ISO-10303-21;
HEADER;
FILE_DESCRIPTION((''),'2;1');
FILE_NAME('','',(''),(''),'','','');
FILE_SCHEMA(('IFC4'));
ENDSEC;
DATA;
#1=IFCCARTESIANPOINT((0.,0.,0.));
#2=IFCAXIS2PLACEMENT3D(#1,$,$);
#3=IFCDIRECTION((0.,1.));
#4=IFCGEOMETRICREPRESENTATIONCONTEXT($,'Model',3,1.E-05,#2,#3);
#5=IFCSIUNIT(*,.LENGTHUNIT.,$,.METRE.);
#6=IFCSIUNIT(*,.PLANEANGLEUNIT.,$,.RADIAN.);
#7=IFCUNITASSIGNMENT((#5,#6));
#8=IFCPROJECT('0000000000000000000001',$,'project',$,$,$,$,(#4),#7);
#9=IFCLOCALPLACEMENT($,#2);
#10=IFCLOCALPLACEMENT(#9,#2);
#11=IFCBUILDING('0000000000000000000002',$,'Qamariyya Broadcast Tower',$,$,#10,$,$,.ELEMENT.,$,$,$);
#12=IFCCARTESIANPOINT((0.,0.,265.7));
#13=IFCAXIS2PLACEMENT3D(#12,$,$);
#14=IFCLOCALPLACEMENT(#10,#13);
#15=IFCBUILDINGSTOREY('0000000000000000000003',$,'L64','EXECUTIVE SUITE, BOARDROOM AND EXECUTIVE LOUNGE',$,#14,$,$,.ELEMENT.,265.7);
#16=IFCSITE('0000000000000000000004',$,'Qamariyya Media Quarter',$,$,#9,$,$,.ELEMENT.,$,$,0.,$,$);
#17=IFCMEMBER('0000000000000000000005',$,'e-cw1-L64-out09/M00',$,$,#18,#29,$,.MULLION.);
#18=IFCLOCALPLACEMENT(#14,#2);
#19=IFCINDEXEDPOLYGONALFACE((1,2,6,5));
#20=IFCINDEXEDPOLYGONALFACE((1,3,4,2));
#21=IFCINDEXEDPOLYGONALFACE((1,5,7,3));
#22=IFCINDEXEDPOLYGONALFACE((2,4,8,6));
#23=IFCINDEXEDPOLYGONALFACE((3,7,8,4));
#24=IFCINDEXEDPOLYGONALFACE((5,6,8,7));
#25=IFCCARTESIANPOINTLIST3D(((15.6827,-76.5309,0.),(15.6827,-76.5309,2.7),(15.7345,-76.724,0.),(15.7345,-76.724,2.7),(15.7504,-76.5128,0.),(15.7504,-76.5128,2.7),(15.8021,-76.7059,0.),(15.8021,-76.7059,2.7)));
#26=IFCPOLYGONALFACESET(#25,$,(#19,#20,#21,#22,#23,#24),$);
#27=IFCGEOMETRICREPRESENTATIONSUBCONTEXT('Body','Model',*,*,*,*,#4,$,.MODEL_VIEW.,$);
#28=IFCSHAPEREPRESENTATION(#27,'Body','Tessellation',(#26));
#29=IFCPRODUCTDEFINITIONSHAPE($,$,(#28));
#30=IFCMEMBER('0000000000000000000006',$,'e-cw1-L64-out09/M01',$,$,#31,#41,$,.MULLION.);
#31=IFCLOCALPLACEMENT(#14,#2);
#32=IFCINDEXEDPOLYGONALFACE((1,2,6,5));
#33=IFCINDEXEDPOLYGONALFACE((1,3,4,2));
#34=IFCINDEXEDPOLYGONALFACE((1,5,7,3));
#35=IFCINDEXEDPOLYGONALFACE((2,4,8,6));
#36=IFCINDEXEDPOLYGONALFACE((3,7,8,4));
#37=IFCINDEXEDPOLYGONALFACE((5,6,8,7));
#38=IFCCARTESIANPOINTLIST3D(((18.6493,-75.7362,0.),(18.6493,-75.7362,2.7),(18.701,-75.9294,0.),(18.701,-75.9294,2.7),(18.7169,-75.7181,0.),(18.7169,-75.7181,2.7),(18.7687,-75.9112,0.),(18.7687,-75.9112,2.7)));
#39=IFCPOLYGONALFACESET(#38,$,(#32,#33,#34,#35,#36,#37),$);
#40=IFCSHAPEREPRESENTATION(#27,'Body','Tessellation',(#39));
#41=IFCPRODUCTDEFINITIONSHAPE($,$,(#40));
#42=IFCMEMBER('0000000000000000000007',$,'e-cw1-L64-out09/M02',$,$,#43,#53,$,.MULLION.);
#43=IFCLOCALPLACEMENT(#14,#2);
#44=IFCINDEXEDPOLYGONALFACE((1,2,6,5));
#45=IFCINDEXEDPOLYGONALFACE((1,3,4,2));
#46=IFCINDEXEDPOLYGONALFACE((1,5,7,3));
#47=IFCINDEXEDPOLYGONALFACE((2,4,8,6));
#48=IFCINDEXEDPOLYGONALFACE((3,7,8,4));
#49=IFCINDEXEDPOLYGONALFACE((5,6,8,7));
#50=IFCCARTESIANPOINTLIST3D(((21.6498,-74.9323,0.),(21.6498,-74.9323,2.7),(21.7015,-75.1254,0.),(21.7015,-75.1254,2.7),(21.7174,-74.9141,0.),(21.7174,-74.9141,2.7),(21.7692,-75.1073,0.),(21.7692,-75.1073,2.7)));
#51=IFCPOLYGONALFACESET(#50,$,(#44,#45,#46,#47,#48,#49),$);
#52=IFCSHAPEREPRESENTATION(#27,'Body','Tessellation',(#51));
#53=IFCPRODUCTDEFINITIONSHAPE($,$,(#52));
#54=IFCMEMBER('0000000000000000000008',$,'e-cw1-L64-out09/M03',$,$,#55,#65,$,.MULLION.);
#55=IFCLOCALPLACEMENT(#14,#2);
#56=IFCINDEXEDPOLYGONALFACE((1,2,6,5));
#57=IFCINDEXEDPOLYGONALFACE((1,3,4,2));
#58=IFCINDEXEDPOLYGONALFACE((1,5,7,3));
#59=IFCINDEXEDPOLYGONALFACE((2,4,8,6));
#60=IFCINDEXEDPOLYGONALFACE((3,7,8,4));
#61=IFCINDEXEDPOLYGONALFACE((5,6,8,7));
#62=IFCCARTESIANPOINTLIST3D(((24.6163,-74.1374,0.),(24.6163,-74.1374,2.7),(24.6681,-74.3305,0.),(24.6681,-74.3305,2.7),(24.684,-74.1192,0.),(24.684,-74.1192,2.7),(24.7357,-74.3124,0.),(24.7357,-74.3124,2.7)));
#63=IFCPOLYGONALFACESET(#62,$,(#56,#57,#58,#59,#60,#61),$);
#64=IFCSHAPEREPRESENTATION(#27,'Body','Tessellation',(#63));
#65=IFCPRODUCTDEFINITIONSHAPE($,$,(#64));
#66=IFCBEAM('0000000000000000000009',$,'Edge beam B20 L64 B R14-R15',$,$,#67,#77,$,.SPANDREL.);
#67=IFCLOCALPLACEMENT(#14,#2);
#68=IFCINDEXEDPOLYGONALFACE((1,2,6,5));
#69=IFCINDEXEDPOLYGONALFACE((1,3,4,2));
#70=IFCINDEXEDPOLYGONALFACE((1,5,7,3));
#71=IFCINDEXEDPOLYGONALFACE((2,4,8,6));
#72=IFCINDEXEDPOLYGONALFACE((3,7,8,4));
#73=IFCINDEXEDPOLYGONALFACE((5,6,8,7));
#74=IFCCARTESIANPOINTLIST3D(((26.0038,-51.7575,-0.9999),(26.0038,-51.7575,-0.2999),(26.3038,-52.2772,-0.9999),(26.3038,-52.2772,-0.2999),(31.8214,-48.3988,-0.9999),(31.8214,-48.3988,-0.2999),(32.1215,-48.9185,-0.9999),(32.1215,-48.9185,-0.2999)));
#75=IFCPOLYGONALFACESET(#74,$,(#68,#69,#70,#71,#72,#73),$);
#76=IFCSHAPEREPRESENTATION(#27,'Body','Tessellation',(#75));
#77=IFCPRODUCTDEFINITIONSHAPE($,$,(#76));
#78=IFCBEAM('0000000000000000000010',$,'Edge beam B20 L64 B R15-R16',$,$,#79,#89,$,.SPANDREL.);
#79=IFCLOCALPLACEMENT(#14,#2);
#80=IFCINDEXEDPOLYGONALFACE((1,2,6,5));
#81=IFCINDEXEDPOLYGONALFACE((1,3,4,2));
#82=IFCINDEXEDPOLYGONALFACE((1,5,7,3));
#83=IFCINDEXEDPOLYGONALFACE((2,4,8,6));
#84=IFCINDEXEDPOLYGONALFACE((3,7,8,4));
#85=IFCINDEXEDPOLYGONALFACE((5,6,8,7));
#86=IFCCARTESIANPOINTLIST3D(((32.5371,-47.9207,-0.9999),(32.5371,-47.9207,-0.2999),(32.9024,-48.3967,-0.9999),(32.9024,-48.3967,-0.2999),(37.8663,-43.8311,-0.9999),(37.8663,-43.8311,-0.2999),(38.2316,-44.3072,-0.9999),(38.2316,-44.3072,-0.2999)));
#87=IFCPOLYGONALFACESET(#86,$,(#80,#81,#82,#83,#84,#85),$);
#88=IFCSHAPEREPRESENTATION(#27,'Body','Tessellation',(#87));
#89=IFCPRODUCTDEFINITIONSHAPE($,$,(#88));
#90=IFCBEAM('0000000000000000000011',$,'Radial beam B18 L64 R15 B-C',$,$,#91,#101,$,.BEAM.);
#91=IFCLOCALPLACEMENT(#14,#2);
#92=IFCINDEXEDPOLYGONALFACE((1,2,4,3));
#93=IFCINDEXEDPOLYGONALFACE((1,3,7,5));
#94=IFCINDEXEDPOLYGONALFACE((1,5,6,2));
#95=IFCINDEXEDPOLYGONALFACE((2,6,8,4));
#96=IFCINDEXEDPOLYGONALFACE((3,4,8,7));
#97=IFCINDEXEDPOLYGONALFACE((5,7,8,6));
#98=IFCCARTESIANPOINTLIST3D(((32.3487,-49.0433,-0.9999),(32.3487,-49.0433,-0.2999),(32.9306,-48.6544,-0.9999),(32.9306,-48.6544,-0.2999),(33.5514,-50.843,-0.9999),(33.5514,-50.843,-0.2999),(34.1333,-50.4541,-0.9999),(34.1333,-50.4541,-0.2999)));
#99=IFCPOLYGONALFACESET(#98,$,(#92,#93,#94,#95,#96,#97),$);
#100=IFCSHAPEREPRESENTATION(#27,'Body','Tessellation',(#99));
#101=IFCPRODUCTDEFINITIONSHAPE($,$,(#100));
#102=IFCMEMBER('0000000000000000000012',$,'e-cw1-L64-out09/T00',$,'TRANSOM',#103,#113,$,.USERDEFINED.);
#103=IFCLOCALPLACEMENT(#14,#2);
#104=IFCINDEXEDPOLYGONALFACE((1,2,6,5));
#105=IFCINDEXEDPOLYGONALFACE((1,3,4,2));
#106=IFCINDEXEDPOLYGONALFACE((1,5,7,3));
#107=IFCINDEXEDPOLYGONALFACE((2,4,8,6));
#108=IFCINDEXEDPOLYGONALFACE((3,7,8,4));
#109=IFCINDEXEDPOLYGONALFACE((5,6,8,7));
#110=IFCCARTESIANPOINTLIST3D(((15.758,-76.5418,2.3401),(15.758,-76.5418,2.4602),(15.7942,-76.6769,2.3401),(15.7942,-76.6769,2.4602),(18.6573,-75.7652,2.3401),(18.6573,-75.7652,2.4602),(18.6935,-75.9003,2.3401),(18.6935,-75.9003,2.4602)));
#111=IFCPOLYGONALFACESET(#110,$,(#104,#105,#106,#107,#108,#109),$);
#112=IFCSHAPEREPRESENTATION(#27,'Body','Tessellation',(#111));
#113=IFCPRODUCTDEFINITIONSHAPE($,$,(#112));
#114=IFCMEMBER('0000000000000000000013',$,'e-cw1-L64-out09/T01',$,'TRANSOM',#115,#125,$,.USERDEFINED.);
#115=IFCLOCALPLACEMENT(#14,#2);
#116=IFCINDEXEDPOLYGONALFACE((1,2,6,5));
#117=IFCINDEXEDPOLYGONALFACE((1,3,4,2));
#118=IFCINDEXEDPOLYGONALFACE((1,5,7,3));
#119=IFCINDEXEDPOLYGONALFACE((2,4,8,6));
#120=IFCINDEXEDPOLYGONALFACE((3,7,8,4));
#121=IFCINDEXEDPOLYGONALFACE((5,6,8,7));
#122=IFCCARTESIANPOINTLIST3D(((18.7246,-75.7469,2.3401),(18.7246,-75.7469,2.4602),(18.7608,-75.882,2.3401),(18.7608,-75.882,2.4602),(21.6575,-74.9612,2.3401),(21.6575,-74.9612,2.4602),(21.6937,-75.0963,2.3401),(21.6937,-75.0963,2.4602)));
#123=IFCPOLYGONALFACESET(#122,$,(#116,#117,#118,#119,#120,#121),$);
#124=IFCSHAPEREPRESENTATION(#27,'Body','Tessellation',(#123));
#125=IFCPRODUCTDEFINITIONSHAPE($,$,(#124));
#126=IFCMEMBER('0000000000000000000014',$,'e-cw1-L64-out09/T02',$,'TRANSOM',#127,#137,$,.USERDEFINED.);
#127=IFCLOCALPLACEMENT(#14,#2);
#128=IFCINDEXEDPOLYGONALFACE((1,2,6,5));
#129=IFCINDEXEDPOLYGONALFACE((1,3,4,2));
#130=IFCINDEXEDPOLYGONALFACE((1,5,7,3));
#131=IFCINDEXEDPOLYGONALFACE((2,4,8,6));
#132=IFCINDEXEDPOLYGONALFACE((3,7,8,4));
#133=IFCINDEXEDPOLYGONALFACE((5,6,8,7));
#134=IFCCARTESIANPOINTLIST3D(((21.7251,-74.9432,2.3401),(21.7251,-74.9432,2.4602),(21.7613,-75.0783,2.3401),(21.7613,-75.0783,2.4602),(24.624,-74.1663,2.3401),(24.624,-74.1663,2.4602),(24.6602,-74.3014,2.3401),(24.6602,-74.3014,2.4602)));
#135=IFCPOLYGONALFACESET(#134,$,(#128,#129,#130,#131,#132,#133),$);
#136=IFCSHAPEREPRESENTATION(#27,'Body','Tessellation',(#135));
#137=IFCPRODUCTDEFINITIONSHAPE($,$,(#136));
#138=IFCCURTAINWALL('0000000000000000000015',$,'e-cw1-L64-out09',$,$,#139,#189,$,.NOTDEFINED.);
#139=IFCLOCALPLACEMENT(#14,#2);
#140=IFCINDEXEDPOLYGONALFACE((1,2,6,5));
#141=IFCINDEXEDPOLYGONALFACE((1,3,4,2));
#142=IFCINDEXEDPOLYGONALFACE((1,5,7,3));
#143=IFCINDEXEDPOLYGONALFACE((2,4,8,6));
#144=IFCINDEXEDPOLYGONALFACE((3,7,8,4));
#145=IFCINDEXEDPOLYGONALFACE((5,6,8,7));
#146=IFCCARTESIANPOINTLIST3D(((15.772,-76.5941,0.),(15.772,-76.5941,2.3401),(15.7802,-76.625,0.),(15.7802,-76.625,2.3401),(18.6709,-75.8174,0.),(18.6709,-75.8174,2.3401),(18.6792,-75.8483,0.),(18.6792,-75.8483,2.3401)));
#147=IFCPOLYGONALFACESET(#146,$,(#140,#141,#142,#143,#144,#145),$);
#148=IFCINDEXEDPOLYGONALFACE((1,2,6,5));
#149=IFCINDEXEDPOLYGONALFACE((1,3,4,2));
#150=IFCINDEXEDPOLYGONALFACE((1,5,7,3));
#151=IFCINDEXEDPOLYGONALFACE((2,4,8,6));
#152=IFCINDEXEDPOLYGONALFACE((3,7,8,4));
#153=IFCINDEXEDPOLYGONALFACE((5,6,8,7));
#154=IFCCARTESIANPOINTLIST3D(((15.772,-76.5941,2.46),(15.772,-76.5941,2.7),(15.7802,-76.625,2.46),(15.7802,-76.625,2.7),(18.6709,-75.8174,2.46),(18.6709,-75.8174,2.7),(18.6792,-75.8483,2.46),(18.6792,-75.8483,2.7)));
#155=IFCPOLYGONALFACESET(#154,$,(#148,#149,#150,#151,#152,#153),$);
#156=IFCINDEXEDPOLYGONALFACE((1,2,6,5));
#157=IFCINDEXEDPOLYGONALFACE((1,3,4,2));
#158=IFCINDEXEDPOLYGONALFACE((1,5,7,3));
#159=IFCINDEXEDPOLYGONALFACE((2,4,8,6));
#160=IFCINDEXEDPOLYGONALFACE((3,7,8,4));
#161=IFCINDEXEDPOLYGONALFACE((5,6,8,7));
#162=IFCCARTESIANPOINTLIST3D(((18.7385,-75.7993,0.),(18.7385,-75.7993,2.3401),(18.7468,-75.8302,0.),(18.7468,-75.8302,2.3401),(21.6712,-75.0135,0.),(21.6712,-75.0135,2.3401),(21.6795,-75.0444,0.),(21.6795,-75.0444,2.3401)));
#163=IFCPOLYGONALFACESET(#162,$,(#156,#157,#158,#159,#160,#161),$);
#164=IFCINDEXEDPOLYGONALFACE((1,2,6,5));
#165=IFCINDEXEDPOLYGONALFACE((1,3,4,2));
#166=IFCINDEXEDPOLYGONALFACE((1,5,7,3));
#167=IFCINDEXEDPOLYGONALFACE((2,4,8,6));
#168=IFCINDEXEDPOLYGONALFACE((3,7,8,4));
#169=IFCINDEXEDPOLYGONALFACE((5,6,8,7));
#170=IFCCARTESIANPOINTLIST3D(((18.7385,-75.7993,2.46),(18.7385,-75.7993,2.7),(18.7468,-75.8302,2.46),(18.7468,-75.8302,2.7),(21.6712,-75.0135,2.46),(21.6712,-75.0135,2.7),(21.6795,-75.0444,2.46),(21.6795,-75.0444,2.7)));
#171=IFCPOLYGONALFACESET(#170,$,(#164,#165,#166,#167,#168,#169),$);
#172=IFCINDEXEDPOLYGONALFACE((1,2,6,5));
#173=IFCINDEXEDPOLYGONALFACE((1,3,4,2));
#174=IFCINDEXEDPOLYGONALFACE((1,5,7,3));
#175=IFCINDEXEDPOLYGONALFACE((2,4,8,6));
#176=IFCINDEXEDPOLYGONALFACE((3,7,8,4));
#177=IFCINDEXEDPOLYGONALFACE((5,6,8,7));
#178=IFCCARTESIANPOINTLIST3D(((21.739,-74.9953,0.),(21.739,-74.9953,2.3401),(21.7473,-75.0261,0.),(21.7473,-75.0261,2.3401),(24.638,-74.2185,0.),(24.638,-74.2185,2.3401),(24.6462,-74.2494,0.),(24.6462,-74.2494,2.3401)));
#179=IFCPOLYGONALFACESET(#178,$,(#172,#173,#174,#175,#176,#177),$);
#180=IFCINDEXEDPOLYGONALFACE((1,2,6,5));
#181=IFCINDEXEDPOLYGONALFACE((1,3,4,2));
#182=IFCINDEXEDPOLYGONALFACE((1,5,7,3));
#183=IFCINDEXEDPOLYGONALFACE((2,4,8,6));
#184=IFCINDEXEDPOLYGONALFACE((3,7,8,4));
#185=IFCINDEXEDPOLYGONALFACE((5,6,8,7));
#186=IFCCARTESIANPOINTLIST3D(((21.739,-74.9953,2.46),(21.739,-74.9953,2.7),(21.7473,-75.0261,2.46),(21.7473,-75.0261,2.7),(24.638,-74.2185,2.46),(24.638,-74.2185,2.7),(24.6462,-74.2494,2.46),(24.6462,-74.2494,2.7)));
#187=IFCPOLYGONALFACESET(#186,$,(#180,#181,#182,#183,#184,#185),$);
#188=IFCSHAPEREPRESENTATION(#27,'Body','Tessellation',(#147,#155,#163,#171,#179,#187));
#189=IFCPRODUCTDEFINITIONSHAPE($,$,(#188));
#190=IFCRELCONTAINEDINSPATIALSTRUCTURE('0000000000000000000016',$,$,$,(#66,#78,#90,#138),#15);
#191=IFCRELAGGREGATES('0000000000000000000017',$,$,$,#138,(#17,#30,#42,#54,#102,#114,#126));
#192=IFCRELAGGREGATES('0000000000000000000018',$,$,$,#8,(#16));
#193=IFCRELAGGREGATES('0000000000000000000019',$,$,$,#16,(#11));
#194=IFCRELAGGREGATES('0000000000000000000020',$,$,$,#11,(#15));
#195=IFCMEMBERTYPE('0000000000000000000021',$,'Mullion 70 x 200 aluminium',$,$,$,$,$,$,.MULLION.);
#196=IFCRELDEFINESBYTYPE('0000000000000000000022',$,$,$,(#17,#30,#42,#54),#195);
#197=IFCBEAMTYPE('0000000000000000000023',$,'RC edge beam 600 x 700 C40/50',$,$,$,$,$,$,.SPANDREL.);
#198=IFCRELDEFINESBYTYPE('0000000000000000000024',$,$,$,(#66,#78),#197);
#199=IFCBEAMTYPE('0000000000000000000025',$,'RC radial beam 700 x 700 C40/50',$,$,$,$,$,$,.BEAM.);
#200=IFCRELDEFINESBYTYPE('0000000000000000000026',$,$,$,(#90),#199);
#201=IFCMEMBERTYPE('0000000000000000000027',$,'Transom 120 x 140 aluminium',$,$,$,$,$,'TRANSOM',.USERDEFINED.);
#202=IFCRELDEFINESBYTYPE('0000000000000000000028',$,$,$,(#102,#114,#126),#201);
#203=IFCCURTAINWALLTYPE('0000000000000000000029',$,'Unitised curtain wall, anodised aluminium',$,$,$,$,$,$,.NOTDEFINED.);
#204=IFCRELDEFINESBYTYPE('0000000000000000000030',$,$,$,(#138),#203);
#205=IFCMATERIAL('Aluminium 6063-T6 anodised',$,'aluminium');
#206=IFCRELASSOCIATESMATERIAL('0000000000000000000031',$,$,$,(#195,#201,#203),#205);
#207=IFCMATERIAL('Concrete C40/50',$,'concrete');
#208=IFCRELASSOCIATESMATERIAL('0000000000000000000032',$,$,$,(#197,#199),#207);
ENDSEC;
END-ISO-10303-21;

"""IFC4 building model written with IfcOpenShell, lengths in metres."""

from ifc_helpers import new_model, si_unit, direction, frame, origin, origin_2d, place, context, subcontext, project, spatial, rectangle, extrude, material, material_profile, profile_set, type_object, element, aggregate, save


model = new_model("IFC4")

# Units and contexts
model_context = context("Model", 3, precision=1e-05, world=origin(), true_north=direction((0.0, 1.0)))
body_context = subcontext(model_context, "Body", "Model", "MODEL_VIEW")
ifc_project = project(units=[si_unit("LENGTHUNIT", "METRE"), si_unit("PLANEANGLEUNIT", "RADIAN")], contexts=[model_context])

# Site, building, storey
site_placement = place(None, origin())
site = spatial("IfcSite", under=ifc_project, at=site_placement, Name="Qamariyya Media Quarter", CompositionType="ELEMENT", RefElevation=0.0)
building_placement = place(site_placement, origin())
building = spatial("IfcBuilding", under=site, at=building_placement, Name="Qamariyya Broadcast Tower", CompositionType="ELEMENT")
storey_placement = place(building_placement, frame((0.0, 0.0, 265.7)))
storey = spatial("IfcBuildingStorey", under=building, at=storey_placement, Name="L64", Description="EXECUTIVE SUITE, BOARDROOM AND EXECUTIVE LOUNGE", CompositionType="ELEMENT", Elevation=265.7)

# Members
ifc_material_1 = material(Name="Aluminium 6063-T6 anodised", Category="aluminium")
ifc_material_profile_1 = material_profile(ifc_material_1, rectangle(XDim=0.2, YDim=0.0701, at=origin_2d()))
ifc_profile_set_1 = profile_set([ifc_material_profile_1], Name="Aluminium 6063-T6 anodised")
member_type_1 = type_object("IfcMemberType", Name="Mullion 70 x 200 aluminium", PredefinedType="MULLION", material=ifc_profile_set_1)
member_1_placement = place(storey_placement, frame((15.7424, -76.6184, 0.0), z_axis=(0.0, 0.0, 1.0), x_axis=(-0.258819, 0.965926, 0.0)))
member_1 = element("IfcMember", 1, at=member_1_placement, type_object=member_type_1, Name="e-cw1-L64-out09/M00", PredefinedType="MULLION", context=body_context, shape_type="SweptSolid", body=[
    extrude(rectangle(XDim=0.2, YDim=0.0701, at=origin_2d()), origin(), (0.0, 0.0, 1.0), 2.7),
])
member_2_placement = place(storey_placement, frame((18.709, -75.8237, 0.0), z_axis=(0.0, 0.0, 1.0), x_axis=(-0.258819, 0.965926, 0.0)))
member_2 = element("IfcMember", 2, at=member_2_placement, type_object=member_type_1, Name="e-cw1-L64-out09/M01", PredefinedType="MULLION", context=body_context, shape_type="SweptSolid", body=[
    extrude(rectangle(XDim=0.2, YDim=0.0701, at=origin_2d()), origin(), (0.0, 0.0, 1.0), 2.7),
])
member_3_placement = place(storey_placement, frame((21.7095, -75.0198, 0.0), z_axis=(0.0, 0.0, 1.0), x_axis=(-0.258819, 0.965926, 0.0)))
member_3 = element("IfcMember", 3, at=member_3_placement, type_object=member_type_1, Name="e-cw1-L64-out09/M02", PredefinedType="MULLION", context=body_context, shape_type="SweptSolid", body=[
    extrude(rectangle(XDim=0.2, YDim=0.0701, at=origin_2d()), origin(), (0.0, 0.0, 1.0), 2.7),
])
member_4_placement = place(storey_placement, frame((24.676, -74.2249, 0.0), z_axis=(0.0, 0.0, 1.0), x_axis=(-0.258819, 0.965926, 0.0)))
member_4 = element("IfcMember", 4, at=member_4_placement, type_object=member_type_1, Name="e-cw1-L64-out09/M03", PredefinedType="MULLION", context=body_context, shape_type="SweptSolid", body=[
    extrude(rectangle(XDim=0.2, YDim=0.0701, at=origin_2d()), origin(), (0.0, 0.0, 1.0), 2.7),
])

# Beams
ifc_material_2 = material(Name="Concrete C40/50", Category="concrete")
ifc_material_profile_2 = material_profile(ifc_material_2, rectangle(XDim=0.6001, YDim=0.7, at=origin_2d()))
ifc_profile_set_2 = profile_set([ifc_material_profile_2], Name="Concrete C40/50")
beam_type_1 = type_object("IfcBeamType", Name="RC edge beam 600 x 700 C40/50", PredefinedType="SPANDREL", material=ifc_profile_set_2)
for number, where, z_axis, x_axis, name in (
    (5, (26.1538, -52.0173, -0.6499), (0.866036, 0.499981, 0.0), (-0.499981, 0.866036, 0.0), "Edge beam B20 L64 B R14-R15"),
    (6, (32.7197, -48.1587, -0.6499), (0.793335, 0.608785, 0.0), (-0.608785, 0.793335, 0.0), "Edge beam B20 L64 B R15-R16"),
):
    element("IfcBeam", number, at=place(storey_placement, frame(where, z_axis=z_axis, x_axis=x_axis)), inside=storey, type_object=beam_type_1, Name=name, PredefinedType="SPANDREL", context=body_context, shape_type="SweptSolid", body=[
        extrude(rectangle(XDim=0.6001, YDim=0.7, at=origin_2d()), origin(), (0.0, 0.0, 1.0), 6.7175),
    ])
ifc_material_profile_3 = material_profile(ifc_material_2, rectangle(XDim=0.7, YDim=0.7, at=origin_2d()))
ifc_profile_set_3 = profile_set([ifc_material_profile_3], Name="Concrete C40/50")
beam_type_2 = type_object("IfcBeamType", Name="RC radial beam 700 x 700 C40/50", PredefinedType="BEAM", material=ifc_profile_set_3)
beam_placement = place(storey_placement, frame((32.6396, -48.8489, -0.6499), z_axis=(0.555637, -0.831425, 0.0), x_axis=(0.831425, 0.555637, 0.0)))
element("IfcBeam", 7, at=beam_placement, inside=storey, type_object=beam_type_2, Name="Radial beam B18 L64 R15 B-C", PredefinedType="BEAM", context=body_context, shape_type="SweptSolid", body=[
    extrude(rectangle(XDim=0.7, YDim=0.7, at=origin_2d()), origin(), (0.0, 0.0, 1.0), 2.1646),
])

# Members
ifc_material_profile_4 = material_profile(ifc_material_1, rectangle(XDim=0.1399, YDim=0.1201, at=origin_2d()))
ifc_profile_set_4 = profile_set([ifc_material_profile_4], Name="Aluminium 6063-T6 anodised")
member_type_2 = type_object("IfcMemberType", Name="Transom 120 x 140 aluminium", ElementType="TRANSOM", PredefinedType="USERDEFINED", material=ifc_profile_set_4)
member_5_placement = place(storey_placement, frame((15.7761, -76.6094, 2.4001), z_axis=(0.965944, 0.258751, 0.0), x_axis=(-0.258751, 0.965944, 0.0)))
member_5 = element("IfcMember", 8, at=member_5_placement, type_object=member_type_2, Name="e-cw1-L64-out09/T00", ObjectType="TRANSOM", PredefinedType="USERDEFINED", context=body_context, shape_type="SweptSolid", body=[
    extrude(rectangle(XDim=0.1399, YDim=0.1201, at=origin_2d()), origin(), (0.0, 0.0, 1.0), 3.0015),
])
member_6_placement = place(storey_placement, frame((18.7427, -75.8145, 2.4001), z_axis=(0.965943, 0.258754, 0.0), x_axis=(-0.258754, 0.965943, 0.0)))
member_6 = element("IfcMember", 9, at=member_6_placement, type_object=member_type_2, Name="e-cw1-L64-out09/T01", ObjectType="TRANSOM", PredefinedType="USERDEFINED", context=body_context, shape_type="SweptSolid", body=[
    extrude(rectangle(XDim=0.1399, YDim=0.1201, at=origin_2d()), origin(), (0.0, 0.0, 1.0), 3.0364),
])
member_7_placement = place(storey_placement, frame((21.7432, -75.0107, 2.4001), z_axis=(0.965918, 0.258847, 0.0), x_axis=(-0.258847, 0.965918, 0.0)))
member_7 = element("IfcMember", 10, at=member_7_placement, type_object=member_type_2, Name="e-cw1-L64-out09/T02", ObjectType="TRANSOM", PredefinedType="USERDEFINED", context=body_context, shape_type="SweptSolid", body=[
    extrude(rectangle(XDim=0.1399, YDim=0.1201, at=origin_2d()), origin(), (0.0, 0.0, 1.0), 3.0012),
])

# Curtain wall
curtain_wall_type = type_object("IfcCurtainWallType", Name="Unitised curtain wall, anodised aluminium", PredefinedType="NOTDEFINED", material=ifc_material_1)
curtain_wall_1_placement = place(storey_placement, origin())
curtain_wall_1 = element("IfcCurtainWall", 11, at=curtain_wall_1_placement, inside=storey, type_object=curtain_wall_type, Name="e-cw1-L64-out09", PredefinedType="NOTDEFINED", context=body_context, shape_type="SweptSolid", body=[
    extrude(rectangle(XDim=3.0012, YDim=0.032, at=origin_2d()), frame((17.2256, -76.2212, 0.0), x_axis=(0.965926, 0.258819, 0.0)), (0.0, 0.0, 1.0), 2.3401),
    extrude(rectangle(XDim=3.0012, YDim=0.032, at=origin_2d()), frame((17.2256, -76.2212, 2.46), x_axis=(0.965926, 0.258819, 0.0)), (0.0, 0.0, 1.0), 0.24),
    extrude(rectangle(XDim=3.0361, YDim=0.032, at=origin_2d()), frame((20.209, -75.4219, 0.0), x_axis=(0.965926, 0.258819, 0.0)), (0.0, 0.0, 1.0), 2.3401),
    extrude(rectangle(XDim=3.0361, YDim=0.032, at=origin_2d()), frame((20.209, -75.4219, 2.46), x_axis=(0.965926, 0.258819, 0.0)), (0.0, 0.0, 1.0), 0.24),
    extrude(rectangle(XDim=3.0012, YDim=0.032, at=origin_2d()), frame((23.1926, -74.6223, 0.0), x_axis=(0.965926, 0.258819, 0.0)), (0.0, 0.0, 1.0), 2.3401),
    extrude(rectangle(XDim=3.0012, YDim=0.032, at=origin_2d()), frame((23.1926, -74.6223, 2.46), x_axis=(0.965926, 0.258819, 0.0)), (0.0, 0.0, 1.0), 0.24),
])
aggregate(curtain_wall_1, [member_1, member_2, member_3, member_4, member_5, member_6, member_7])

save(model, "model.ifc")
